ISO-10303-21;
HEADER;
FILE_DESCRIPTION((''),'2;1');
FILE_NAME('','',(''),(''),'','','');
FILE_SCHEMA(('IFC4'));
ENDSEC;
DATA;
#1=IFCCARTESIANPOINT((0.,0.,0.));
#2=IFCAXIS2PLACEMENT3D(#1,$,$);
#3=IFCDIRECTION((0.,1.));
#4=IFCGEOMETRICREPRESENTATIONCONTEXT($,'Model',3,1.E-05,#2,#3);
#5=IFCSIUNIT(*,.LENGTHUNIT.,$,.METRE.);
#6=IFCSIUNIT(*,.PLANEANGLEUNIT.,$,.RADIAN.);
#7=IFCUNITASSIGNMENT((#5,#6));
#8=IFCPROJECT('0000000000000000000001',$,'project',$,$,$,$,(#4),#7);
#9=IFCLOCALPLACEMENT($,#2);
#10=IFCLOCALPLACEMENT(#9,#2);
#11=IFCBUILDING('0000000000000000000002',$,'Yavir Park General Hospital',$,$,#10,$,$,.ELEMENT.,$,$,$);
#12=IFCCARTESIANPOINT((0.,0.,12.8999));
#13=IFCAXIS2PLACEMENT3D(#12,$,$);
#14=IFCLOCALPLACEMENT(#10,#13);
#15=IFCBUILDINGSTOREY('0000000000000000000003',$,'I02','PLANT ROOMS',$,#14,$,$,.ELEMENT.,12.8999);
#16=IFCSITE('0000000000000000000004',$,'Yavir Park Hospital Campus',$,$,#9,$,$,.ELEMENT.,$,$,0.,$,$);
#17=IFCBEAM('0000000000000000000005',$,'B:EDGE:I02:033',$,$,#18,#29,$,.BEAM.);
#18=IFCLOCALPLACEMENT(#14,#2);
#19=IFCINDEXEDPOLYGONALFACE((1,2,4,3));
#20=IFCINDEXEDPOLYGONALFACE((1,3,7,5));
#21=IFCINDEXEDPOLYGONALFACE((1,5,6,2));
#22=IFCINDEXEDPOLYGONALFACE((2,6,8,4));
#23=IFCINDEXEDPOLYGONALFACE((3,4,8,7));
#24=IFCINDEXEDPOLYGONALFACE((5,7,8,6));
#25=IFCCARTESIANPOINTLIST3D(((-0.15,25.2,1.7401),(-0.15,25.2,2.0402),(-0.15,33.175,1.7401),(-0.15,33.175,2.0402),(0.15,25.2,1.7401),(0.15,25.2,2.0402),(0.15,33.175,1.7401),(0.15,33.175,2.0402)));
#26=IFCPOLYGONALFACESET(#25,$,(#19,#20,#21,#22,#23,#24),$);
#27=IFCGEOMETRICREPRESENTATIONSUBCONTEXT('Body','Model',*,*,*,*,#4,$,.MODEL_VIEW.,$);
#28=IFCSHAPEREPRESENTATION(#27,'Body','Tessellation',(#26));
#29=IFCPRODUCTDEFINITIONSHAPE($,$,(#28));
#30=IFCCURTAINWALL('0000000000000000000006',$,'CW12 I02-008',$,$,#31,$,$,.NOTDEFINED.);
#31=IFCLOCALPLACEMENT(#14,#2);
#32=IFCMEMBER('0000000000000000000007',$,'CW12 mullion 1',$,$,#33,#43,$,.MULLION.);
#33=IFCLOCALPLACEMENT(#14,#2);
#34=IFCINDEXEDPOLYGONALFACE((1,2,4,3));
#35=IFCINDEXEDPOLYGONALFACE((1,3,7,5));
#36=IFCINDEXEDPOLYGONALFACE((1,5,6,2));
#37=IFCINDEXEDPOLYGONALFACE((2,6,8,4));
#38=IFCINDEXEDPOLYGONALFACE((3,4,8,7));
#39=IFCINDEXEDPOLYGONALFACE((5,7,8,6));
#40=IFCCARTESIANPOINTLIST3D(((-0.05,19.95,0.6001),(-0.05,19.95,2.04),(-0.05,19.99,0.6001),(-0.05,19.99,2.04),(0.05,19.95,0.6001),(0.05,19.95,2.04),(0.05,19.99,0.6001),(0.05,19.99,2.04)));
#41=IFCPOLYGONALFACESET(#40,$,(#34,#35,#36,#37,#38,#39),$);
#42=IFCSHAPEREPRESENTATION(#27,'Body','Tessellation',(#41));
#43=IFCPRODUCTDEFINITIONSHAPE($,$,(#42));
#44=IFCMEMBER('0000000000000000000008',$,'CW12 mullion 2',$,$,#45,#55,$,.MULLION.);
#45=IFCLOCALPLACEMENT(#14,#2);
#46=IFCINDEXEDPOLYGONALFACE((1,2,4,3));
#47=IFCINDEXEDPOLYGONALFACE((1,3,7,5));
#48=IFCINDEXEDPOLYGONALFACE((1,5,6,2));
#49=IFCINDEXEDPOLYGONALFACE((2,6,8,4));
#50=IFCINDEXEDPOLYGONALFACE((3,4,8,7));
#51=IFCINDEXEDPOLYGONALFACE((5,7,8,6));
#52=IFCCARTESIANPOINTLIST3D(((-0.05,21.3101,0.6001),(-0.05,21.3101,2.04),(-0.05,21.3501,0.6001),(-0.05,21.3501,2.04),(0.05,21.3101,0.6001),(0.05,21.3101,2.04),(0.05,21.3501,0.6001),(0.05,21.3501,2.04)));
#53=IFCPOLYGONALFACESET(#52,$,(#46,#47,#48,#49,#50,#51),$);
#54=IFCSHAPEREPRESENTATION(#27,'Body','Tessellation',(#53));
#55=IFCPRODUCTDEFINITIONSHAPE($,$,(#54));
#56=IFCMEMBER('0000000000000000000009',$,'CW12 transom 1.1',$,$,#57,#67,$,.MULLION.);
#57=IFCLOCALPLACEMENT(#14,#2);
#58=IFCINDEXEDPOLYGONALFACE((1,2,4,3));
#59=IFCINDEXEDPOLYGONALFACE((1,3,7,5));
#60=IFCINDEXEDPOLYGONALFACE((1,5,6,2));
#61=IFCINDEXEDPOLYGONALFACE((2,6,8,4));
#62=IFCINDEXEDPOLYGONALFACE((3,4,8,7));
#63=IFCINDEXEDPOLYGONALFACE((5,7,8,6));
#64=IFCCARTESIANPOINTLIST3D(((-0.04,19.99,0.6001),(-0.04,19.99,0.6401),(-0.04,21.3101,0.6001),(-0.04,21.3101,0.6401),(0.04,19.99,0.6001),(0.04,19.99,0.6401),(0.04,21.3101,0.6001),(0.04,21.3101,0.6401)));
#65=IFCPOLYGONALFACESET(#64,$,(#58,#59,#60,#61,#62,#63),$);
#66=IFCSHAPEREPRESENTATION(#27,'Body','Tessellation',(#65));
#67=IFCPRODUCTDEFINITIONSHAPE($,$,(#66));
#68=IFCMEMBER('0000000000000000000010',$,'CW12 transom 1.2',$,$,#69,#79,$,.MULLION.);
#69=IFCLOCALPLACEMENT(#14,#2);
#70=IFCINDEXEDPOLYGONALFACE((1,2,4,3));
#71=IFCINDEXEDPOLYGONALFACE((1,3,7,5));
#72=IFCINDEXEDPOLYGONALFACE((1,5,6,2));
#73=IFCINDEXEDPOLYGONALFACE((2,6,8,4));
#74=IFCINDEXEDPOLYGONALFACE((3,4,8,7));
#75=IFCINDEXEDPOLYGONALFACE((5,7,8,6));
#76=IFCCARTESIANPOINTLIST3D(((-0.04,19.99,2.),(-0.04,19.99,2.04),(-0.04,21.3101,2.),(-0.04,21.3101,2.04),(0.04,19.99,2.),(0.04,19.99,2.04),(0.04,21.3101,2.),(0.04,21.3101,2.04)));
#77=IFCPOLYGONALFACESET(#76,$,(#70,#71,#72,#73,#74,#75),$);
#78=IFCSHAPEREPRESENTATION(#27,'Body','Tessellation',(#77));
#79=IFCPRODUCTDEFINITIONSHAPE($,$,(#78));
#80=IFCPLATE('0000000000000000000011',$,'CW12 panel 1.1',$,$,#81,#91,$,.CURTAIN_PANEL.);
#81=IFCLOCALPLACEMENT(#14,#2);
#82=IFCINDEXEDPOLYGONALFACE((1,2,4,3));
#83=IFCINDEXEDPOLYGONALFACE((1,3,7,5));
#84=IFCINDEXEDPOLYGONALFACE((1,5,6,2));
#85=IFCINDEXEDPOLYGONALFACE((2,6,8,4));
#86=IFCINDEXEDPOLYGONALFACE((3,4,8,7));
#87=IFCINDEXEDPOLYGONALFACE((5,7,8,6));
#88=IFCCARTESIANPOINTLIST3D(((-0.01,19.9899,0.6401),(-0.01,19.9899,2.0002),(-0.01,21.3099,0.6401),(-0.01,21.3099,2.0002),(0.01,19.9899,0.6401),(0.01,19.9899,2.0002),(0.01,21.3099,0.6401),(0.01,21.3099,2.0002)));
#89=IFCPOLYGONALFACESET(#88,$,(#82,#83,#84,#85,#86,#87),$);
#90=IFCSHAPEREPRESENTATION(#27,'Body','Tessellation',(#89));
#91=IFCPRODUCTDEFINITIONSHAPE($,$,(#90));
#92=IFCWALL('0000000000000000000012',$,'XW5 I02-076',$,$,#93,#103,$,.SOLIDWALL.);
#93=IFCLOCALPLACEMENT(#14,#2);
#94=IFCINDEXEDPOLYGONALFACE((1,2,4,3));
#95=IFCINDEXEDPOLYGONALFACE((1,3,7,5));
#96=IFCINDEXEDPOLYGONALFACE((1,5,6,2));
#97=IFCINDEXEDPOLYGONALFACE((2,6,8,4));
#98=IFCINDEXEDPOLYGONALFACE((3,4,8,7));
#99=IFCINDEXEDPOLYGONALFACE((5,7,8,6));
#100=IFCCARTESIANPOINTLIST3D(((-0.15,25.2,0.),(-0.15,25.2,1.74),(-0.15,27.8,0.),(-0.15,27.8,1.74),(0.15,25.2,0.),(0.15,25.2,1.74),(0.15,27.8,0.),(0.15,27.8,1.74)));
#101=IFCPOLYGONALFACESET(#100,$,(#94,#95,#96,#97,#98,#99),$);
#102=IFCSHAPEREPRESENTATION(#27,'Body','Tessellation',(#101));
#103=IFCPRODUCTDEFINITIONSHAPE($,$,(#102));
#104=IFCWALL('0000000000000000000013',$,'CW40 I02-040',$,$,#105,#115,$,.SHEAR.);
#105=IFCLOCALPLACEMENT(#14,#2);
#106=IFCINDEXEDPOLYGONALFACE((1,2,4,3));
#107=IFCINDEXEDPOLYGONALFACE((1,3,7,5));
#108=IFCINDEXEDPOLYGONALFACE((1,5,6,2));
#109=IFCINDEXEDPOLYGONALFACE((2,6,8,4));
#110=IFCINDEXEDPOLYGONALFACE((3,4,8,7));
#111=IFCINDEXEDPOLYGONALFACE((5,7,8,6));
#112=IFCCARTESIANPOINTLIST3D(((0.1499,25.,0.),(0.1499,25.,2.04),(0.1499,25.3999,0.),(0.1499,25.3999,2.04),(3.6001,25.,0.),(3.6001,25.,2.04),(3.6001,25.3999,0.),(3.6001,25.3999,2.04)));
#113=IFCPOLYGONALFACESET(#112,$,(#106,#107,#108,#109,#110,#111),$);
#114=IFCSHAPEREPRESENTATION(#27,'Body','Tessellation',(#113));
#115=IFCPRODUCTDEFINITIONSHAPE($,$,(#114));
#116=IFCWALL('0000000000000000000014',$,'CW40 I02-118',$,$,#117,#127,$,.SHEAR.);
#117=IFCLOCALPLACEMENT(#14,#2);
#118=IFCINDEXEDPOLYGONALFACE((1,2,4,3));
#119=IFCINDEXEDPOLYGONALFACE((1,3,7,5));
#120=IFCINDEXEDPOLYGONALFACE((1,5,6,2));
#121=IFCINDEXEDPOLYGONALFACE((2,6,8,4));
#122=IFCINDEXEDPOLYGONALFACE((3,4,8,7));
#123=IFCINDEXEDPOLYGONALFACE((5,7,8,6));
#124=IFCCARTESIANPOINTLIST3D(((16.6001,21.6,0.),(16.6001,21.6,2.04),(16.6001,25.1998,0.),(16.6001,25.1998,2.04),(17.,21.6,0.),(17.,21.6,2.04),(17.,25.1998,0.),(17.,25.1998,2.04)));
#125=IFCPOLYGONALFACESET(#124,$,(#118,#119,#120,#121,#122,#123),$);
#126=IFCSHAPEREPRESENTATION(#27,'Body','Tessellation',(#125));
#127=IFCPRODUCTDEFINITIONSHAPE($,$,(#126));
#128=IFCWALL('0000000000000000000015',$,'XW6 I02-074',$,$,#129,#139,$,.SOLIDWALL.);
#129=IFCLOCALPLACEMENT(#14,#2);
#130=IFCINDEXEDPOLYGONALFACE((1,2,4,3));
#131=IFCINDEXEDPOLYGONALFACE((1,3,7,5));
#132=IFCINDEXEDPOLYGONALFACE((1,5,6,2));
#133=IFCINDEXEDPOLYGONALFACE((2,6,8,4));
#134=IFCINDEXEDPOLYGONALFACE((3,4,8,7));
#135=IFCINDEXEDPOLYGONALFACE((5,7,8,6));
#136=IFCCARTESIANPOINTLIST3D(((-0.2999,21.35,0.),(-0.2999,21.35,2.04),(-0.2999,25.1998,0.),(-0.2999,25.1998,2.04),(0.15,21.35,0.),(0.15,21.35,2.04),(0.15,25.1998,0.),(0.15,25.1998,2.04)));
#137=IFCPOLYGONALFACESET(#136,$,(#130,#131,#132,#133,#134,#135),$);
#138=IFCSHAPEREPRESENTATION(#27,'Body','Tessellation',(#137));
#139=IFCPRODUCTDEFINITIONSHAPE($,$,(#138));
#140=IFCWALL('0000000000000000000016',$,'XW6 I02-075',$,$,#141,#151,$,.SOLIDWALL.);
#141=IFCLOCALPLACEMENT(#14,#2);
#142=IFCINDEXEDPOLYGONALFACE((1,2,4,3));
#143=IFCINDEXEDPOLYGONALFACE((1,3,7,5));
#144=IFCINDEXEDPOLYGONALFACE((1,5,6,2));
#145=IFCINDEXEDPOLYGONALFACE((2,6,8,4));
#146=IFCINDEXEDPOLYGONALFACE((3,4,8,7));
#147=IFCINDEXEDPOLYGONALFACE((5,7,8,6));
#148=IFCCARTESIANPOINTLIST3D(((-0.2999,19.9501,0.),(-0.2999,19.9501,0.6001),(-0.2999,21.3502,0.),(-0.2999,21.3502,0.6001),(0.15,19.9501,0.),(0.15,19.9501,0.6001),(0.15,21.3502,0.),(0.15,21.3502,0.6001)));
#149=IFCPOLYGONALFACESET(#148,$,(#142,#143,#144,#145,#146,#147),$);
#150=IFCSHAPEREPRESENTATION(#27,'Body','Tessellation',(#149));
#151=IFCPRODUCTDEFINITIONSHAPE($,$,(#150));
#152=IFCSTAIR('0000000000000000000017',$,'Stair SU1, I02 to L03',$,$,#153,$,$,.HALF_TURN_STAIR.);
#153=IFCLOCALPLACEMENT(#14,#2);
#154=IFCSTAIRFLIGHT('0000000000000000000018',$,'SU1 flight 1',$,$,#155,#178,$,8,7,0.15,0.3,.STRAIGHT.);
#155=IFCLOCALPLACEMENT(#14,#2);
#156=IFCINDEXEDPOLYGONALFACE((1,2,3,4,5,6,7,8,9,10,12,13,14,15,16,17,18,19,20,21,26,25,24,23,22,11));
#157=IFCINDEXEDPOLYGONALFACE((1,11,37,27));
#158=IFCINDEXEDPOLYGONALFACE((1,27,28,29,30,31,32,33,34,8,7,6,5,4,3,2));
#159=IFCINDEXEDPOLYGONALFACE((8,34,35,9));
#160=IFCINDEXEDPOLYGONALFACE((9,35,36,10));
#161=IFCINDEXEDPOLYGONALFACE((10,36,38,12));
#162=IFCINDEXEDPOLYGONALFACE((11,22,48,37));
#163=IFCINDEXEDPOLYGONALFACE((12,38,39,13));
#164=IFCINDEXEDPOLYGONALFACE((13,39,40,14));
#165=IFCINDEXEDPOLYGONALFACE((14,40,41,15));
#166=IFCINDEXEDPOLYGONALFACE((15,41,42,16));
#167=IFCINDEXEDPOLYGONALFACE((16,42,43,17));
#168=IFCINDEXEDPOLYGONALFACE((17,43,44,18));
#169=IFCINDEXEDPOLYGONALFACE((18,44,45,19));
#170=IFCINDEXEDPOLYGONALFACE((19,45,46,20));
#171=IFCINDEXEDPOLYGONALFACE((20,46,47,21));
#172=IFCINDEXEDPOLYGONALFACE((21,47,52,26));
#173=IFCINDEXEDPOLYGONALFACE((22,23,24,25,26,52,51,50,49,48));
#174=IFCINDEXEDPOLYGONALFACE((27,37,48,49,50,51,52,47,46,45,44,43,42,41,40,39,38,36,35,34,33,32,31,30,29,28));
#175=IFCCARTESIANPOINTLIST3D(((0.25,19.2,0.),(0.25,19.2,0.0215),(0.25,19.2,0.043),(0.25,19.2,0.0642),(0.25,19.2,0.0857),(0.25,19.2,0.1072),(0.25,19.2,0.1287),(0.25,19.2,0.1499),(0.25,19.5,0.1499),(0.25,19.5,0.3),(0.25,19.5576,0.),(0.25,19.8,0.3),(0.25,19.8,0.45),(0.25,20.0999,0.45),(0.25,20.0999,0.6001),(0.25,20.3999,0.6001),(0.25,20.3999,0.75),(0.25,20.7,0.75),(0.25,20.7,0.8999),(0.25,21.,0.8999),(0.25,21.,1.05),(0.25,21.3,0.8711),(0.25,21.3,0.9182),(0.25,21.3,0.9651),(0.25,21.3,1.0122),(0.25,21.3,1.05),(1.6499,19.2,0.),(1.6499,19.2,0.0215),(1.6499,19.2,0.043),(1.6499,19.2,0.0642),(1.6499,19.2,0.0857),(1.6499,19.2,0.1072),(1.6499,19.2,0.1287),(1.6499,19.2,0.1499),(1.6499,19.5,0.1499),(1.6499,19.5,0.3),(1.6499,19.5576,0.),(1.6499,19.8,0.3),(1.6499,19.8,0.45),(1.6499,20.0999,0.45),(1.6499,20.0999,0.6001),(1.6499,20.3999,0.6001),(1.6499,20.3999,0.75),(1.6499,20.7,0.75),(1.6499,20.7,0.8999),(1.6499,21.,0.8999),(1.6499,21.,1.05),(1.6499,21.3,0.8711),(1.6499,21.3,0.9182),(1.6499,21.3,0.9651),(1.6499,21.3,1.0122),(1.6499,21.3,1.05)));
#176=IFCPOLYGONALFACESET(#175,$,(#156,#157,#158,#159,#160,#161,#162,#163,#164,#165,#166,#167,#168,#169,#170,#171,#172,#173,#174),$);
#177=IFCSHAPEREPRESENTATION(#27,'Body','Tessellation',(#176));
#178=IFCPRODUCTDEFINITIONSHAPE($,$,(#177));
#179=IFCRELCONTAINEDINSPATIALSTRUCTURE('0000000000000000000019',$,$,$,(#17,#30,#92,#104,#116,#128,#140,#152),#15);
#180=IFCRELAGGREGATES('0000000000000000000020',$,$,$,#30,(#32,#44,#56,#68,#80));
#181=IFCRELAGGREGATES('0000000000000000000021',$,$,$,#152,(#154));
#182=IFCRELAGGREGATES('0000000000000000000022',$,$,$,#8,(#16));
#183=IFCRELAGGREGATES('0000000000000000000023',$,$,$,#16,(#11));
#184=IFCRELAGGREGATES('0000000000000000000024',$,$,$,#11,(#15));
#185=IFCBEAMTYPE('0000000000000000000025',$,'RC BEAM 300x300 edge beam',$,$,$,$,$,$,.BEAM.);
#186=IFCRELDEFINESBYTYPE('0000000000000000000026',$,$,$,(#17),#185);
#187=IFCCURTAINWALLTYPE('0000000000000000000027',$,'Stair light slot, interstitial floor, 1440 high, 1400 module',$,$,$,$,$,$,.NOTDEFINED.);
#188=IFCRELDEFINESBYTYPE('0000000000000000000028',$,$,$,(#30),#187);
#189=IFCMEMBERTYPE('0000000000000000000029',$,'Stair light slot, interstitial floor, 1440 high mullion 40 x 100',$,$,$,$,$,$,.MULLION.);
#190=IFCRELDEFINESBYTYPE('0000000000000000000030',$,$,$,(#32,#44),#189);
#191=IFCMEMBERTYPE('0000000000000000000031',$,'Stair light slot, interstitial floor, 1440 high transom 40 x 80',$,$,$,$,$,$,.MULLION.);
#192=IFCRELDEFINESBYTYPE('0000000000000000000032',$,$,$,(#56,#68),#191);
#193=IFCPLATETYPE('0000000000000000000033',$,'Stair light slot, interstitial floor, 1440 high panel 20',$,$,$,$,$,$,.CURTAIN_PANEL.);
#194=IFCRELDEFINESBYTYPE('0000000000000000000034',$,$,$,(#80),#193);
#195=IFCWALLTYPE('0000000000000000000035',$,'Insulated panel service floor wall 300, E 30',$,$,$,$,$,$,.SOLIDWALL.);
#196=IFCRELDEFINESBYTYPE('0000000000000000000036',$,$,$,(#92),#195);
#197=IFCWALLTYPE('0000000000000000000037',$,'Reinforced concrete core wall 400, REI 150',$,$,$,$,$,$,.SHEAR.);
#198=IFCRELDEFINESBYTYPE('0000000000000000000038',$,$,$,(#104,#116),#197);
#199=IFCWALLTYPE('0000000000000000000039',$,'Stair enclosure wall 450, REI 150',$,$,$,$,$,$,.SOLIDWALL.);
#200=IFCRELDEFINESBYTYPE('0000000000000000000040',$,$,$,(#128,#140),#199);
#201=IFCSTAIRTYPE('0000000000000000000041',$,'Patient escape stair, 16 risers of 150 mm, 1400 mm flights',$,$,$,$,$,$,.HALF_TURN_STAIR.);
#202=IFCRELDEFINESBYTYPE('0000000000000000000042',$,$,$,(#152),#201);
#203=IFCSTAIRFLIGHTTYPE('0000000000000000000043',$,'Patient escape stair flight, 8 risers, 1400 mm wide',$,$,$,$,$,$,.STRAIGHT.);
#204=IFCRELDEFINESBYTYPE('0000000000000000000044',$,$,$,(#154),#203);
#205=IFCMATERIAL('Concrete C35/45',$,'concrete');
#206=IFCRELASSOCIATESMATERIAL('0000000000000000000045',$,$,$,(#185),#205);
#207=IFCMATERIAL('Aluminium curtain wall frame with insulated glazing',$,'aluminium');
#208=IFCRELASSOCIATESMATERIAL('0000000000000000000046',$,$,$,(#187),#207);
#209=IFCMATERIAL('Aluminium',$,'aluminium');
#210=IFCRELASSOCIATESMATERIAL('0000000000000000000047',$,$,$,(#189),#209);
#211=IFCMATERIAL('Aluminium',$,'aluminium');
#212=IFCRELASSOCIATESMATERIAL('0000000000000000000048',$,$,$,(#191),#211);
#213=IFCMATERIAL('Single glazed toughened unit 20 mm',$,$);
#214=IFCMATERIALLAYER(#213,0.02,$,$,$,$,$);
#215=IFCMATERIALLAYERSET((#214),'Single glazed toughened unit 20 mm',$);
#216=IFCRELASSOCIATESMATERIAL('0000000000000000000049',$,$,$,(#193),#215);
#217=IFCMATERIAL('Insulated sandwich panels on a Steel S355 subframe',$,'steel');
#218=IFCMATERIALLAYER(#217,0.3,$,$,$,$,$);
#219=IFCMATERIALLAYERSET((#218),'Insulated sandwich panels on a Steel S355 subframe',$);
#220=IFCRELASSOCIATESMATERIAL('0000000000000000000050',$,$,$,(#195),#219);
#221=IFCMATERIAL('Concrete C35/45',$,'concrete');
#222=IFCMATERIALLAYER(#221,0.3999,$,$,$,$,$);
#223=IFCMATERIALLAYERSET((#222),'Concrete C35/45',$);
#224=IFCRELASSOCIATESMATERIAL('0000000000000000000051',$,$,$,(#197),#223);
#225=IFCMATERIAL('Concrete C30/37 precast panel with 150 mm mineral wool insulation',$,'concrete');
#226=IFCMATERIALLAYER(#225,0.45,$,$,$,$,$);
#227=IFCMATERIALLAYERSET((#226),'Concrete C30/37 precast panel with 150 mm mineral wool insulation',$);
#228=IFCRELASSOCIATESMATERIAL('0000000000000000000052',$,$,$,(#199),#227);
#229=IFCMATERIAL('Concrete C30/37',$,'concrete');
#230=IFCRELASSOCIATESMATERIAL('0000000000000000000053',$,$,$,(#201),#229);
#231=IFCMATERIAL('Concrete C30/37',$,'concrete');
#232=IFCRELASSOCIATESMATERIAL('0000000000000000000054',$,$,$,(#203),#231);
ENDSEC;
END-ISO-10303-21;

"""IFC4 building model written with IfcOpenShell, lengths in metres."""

from ifc_helpers import new_model, si_unit, direction, frame, frame_2d, origin, origin_2d, place, context, subcontext, project, spatial, polyline, rectangle, outline, extrude, material, layer, layer_set, material_profile, profile_set, type_object, element, aggregate, save


model = new_model("IFC4")

# Units and contexts
model_context = context("Model", 3, precision=1e-05, world=origin(), true_north=direction((0.0, 1.0)))
body_context = subcontext(model_context, "Body", "Model", "MODEL_VIEW")
ifc_project = project(units=[si_unit("LENGTHUNIT", "METRE"), si_unit("PLANEANGLEUNIT", "RADIAN")], contexts=[model_context])

# Site, building, storey
site_placement = place(None, origin())
site = spatial("IfcSite", under=ifc_project, at=site_placement, Name="Yavir Park Hospital Campus", CompositionType="ELEMENT", RefElevation=0.0)
building_placement = place(site_placement, origin())
building = spatial("IfcBuilding", under=site, at=building_placement, Name="Yavir Park General Hospital", CompositionType="ELEMENT")
storey_placement = place(building_placement, frame((0.0, 0.0, 12.8999)))
storey = spatial("IfcBuildingStorey", under=building, at=storey_placement, Name="I02", Description="PLANT ROOMS", CompositionType="ELEMENT", Elevation=12.8999)

# Beam
ifc_material_1 = material(Name="Concrete C35/45", Category="concrete")
ifc_material_profile_1 = material_profile(ifc_material_1, rectangle(XDim=0.3, YDim=0.3, at=origin_2d()), Name="RC300x300")
ifc_profile_set_1 = profile_set([ifc_material_profile_1], Name="Concrete C35/45")
beam_type = type_object("IfcBeamType", Name="RC BEAM 300x300 edge beam", PredefinedType="BEAM", material=ifc_profile_set_1)
beam_placement = place(storey_placement, frame((0.0, 25.2, 1.8901), z_axis=(0.0, 1.0, 0.0), x_axis=(-1.0, 0.0, 0.0)))
element("IfcBeam", 1, at=beam_placement, inside=storey, type_object=beam_type, Name="B:EDGE:I02:033", PredefinedType="BEAM", context=body_context, shape_type="SweptSolid", body=[
    extrude(rectangle(XDim=0.3, YDim=0.3, at=origin_2d()), origin(), (0.0, 0.0, 1.0), 7.9751),
])

# Curtain wall, members, plate
ifc_material_2 = material(Name="Aluminium curtain wall frame with insulated glazing", Category="aluminium")
curtain_wall_type = type_object("IfcCurtainWallType", Name="Stair light slot, interstitial floor, 1440 high, 1400 module", PredefinedType="NOTDEFINED", material=ifc_material_2)
curtain_wall_placement = place(storey_placement, origin())
curtain_wall = element("IfcCurtainWall", 2, at=curtain_wall_placement, inside=storey, type_object=curtain_wall_type, Name="CW12 I02-008", PredefinedType="NOTDEFINED")
ifc_material_3 = material(Name="Aluminium", Category="aluminium")
ifc_material_profile_2 = material_profile(ifc_material_3, rectangle(XDim=0.1001, YDim=0.04, at=origin_2d()), Name="AL 40x100")
ifc_profile_set_2 = profile_set([ifc_material_profile_2], Name="Aluminium")
member_type_1 = type_object("IfcMemberType", Name="Stair light slot, interstitial floor, 1440 high mullion 40 x 100", PredefinedType="MULLION", material=ifc_profile_set_2)
member_1_placement = place(storey_placement, frame((0.0, 19.97, 0.6001), z_axis=(0.0, 0.0, 1.0), x_axis=(-1.0, 0.0, 0.0)))
member_1 = element("IfcMember", 3, at=member_1_placement, type_object=member_type_1, Name="CW12 mullion 1", PredefinedType="MULLION", context=body_context, shape_type="SweptSolid", body=[
    extrude(rectangle(XDim=0.1001, YDim=0.04, at=origin_2d()), origin(), (0.0, 0.0, 1.0), 1.4399),
])
member_2_placement = place(storey_placement, frame((0.0, 21.3301, 0.6001), z_axis=(0.0, 0.0, 1.0), x_axis=(-1.0, 0.0, 0.0)))
member_2 = element("IfcMember", 4, at=member_2_placement, type_object=member_type_1, Name="CW12 mullion 2", PredefinedType="MULLION", context=body_context, shape_type="SweptSolid", body=[
    extrude(rectangle(XDim=0.1001, YDim=0.04, at=origin_2d()), origin(), (0.0, 0.0, 1.0), 1.4399),
])
ifc_material_4 = material(Name="Aluminium", Category="aluminium")
ifc_material_profile_3 = material_profile(ifc_material_4, rectangle(XDim=0.0801, YDim=0.04, at=origin_2d()), Name="AL 80x40")
ifc_profile_set_3 = profile_set([ifc_material_profile_3], Name="Aluminium")
member_type_2 = type_object("IfcMemberType", Name="Stair light slot, interstitial floor, 1440 high transom 40 x 80", PredefinedType="MULLION", material=ifc_profile_set_3)
member_3_placement = place(storey_placement, frame((0.0, 19.99, 0.6201), z_axis=(0.0, 1.0, 0.0), x_axis=(-1.0, 0.0, 0.0)))
member_3 = element("IfcMember", 5, at=member_3_placement, type_object=member_type_2, Name="CW12 transom 1.1", PredefinedType="MULLION", context=body_context, shape_type="SweptSolid", body=[
    extrude(rectangle(XDim=0.0801, YDim=0.04, at=origin_2d()), origin(), (0.0, 0.0, 1.0), 1.3201),
])
member_4_placement = place(storey_placement, frame((0.0, 19.99, 2.02), z_axis=(0.0, 1.0, 0.0), x_axis=(-1.0, 0.0, 0.0)))
member_4 = element("IfcMember", 6, at=member_4_placement, type_object=member_type_2, Name="CW12 transom 1.2", PredefinedType="MULLION", context=body_context, shape_type="SweptSolid", body=[
    extrude(rectangle(XDim=0.0801, YDim=0.04, at=origin_2d()), origin(), (0.0, 0.0, 1.0), 1.3201),
])
ifc_material_5 = material(Name="Single glazed toughened unit 20 mm")
ifc_layer_1 = layer(ifc_material_5, 0.02)
ifc_layer_set_1 = layer_set([ifc_layer_1], Name="Single glazed toughened unit 20 mm")
plate_type = type_object("IfcPlateType", Name="Stair light slot, interstitial floor, 1440 high panel 20", PredefinedType="CURTAIN_PANEL", material=ifc_layer_set_1)
plate_placement = place(storey_placement, frame((0.0, 20.6499, 0.6401), z_axis=(0.0, 0.0, 1.0), x_axis=(0.0, 1.0, 0.0)))
plate = element("IfcPlate", 7, at=plate_placement, type_object=plate_type, Name="CW12 panel 1.1", PredefinedType="CURTAIN_PANEL", context=body_context, shape_type="SweptSolid", body=[
    extrude(rectangle(XDim=1.3201, YDim=0.02, at=origin_2d()), origin(), (0.0, 0.0, 1.0), 1.3601),
])
aggregate(curtain_wall, [member_1, member_2, member_3, member_4, plate])

# Walls
ifc_material_6 = material(Name="Insulated sandwich panels on a Steel S355 subframe", Category="steel")
ifc_layer_2 = layer(ifc_material_6, 0.3)
ifc_layer_set_2 = layer_set([ifc_layer_2], Name="Insulated sandwich panels on a Steel S355 subframe")
wall_type_1 = type_object("IfcWallType", Name="Insulated panel service floor wall 300, E 30", PredefinedType="SOLIDWALL", material=ifc_layer_set_2)
wall_1_placement = place(storey_placement, frame((0.0, 25.2, 0.0), z_axis=(0.0, 0.0, 1.0), x_axis=(0.0, 1.0, 0.0)))
element("IfcWall", 8, at=wall_1_placement, inside=storey, type_object=wall_type_1, Name="XW5 I02-076", PredefinedType="SOLIDWALL", context=body_context, shape_type="SweptSolid", body=[
    extrude(rectangle(XDim=2.6001, YDim=0.3, at=frame_2d((1.3, 0.0))), origin(), (0.0, 0.0, 1.0), 1.74),
])
ifc_material_7 = material(Name="Concrete C35/45", Category="concrete")
ifc_layer_3 = layer(ifc_material_7, 0.3999)
ifc_layer_set_3 = layer_set([ifc_layer_3], Name="Concrete C35/45")
wall_type_2 = type_object("IfcWallType", Name="Reinforced concrete core wall 400, REI 150", PredefinedType="SHEAR", material=ifc_layer_set_3)
wall_2_placement = place(storey_placement, frame((0.1499, 25.2, 0.0), z_axis=(0.0, 0.0, 1.0), x_axis=(1.0, 0.0, 0.0)))
element("IfcWall", 9, at=wall_2_placement, inside=storey, type_object=wall_type_2, Name="CW40 I02-040", PredefinedType="SHEAR", context=body_context, shape_type="SweptSolid", body=[
    extrude(rectangle(XDim=3.4502, YDim=0.3999, at=frame_2d((1.7251, 0.0))), origin(), (0.0, 0.0, 1.0), 2.04),
])
wall_3_placement = place(storey_placement, frame((16.8, 21.6001, 0.0), z_axis=(0.0, 0.0, 1.0), x_axis=(0.0, 1.0, 0.0)))
element("IfcWall", 10, at=wall_3_placement, inside=storey, type_object=wall_type_2, Name="CW40 I02-118", PredefinedType="SHEAR", context=body_context, shape_type="SweptSolid", body=[
    extrude(rectangle(XDim=3.5999, YDim=0.3999, at=frame_2d((1.7998, 0.0))), origin(), (0.0, 0.0, 1.0), 2.04),
])
ifc_material_8 = material(Name="Concrete C30/37 precast panel with 150 mm mineral wool insulation", Category="concrete")
ifc_layer_4 = layer(ifc_material_8, 0.45)
ifc_layer_set_4 = layer_set([ifc_layer_4], Name="Concrete C30/37 precast panel with 150 mm mineral wool insulation")
wall_type_3 = type_object("IfcWallType", Name="Stair enclosure wall 450, REI 150", PredefinedType="SOLIDWALL", material=ifc_layer_set_4)
wall_4_placement = place(storey_placement, frame((-0.075, 21.3501, 0.0), z_axis=(0.0, 0.0, 1.0), x_axis=(0.0, 1.0, 0.0)))
element("IfcWall", 11, at=wall_4_placement, inside=storey, type_object=wall_type_3, Name="XW6 I02-074", PredefinedType="SOLIDWALL", context=body_context, shape_type="SweptSolid", body=[
    extrude(rectangle(XDim=3.8499, YDim=0.45, at=frame_2d((1.9248, 0.0))), origin(), (0.0, 0.0, 1.0), 2.04),
])
wall_5_placement = place(storey_placement, frame((-0.075, 19.95, 0.0), z_axis=(0.0, 0.0, 1.0), x_axis=(0.0, 1.0, 0.0)))
element("IfcWall", 12, at=wall_5_placement, inside=storey, type_object=wall_type_3, Name="XW6 I02-075", PredefinedType="SOLIDWALL", context=body_context, shape_type="SweptSolid", body=[
    extrude(rectangle(XDim=1.4001, YDim=0.45, at=frame_2d((0.7002, 0.0))), origin(), (0.0, 0.0, 1.0), 0.6001),
])

# Stair, stair flight
ifc_material_9 = material(Name="Concrete C30/37", Category="concrete")
stair_type = type_object("IfcStairType", Name="Patient escape stair, 16 risers of 150 mm, 1400 mm flights", PredefinedType="HALF_TURN_STAIR", material=ifc_material_9)
stair_placement = place(storey_placement, origin())
stair = element("IfcStair", 13, at=stair_placement, inside=storey, type_object=stair_type, Name="Stair SU1, I02 to L03", PredefinedType="HALF_TURN_STAIR")
ifc_material_10 = material(Name="Concrete C30/37", Category="concrete")
stair_flight_type = type_object("IfcStairFlightType", Name="Patient escape stair flight, 8 risers, 1400 mm wide", PredefinedType="STRAIGHT", material=ifc_material_10)
stair_flight_1_placement = place(storey_placement, frame((0.95, 19.2, 0.0), z_axis=(0.0, 0.0, 1.0), x_axis=(0.0, 1.0, 0.0)))
stair_flight_1 = element("IfcStairFlight", 14, at=stair_flight_1_placement, type_object=stair_flight_type, Name="SU1 flight 1", NumberOfRisers=8, NumberOfTreads=7, PredefinedType="STRAIGHT", RiserHeight=0.15, TreadLength=0.3, context=body_context, shape_type="SweptSolid", body=[
    extrude(outline(polyline([(0.0, 0.0), (0.0, 0.0215), (0.0, 0.043), (0.0, 0.0642), (0.0, 0.0857), (0.0, 0.1072), (0.0, 0.1287), (0.0, 0.1499), (0.3, 0.1499), (0.3, 0.3), (0.6001, 0.3), (0.6001, 0.45), (0.8999, 0.45), (0.8999, 0.6001), (1.2, 0.6001), (1.2, 0.75), (1.5, 0.75), (1.5, 0.8999), (1.8, 0.8999), (1.8, 1.05), (2.1001, 1.05), (2.1001, 1.2), (2.1001, 1.1531), (2.1001, 1.106), (2.1001, 1.0591), (2.1001, 1.0122), (2.1001, 0.9651), (2.1001, 0.9182), (2.1001, 0.8711), (0.3577, 0.0), (0.0, 0.0)])), frame((0.0, 0.7, 0.0), z_axis=(0.0, -1.0, 0.0), x_axis=(1.0, 0.0, 0.0)), (0.0, 0.0, 1.0), 1.3999),
])
aggregate(stair, [stair_flight_1])

save(model, "model.ifc")
